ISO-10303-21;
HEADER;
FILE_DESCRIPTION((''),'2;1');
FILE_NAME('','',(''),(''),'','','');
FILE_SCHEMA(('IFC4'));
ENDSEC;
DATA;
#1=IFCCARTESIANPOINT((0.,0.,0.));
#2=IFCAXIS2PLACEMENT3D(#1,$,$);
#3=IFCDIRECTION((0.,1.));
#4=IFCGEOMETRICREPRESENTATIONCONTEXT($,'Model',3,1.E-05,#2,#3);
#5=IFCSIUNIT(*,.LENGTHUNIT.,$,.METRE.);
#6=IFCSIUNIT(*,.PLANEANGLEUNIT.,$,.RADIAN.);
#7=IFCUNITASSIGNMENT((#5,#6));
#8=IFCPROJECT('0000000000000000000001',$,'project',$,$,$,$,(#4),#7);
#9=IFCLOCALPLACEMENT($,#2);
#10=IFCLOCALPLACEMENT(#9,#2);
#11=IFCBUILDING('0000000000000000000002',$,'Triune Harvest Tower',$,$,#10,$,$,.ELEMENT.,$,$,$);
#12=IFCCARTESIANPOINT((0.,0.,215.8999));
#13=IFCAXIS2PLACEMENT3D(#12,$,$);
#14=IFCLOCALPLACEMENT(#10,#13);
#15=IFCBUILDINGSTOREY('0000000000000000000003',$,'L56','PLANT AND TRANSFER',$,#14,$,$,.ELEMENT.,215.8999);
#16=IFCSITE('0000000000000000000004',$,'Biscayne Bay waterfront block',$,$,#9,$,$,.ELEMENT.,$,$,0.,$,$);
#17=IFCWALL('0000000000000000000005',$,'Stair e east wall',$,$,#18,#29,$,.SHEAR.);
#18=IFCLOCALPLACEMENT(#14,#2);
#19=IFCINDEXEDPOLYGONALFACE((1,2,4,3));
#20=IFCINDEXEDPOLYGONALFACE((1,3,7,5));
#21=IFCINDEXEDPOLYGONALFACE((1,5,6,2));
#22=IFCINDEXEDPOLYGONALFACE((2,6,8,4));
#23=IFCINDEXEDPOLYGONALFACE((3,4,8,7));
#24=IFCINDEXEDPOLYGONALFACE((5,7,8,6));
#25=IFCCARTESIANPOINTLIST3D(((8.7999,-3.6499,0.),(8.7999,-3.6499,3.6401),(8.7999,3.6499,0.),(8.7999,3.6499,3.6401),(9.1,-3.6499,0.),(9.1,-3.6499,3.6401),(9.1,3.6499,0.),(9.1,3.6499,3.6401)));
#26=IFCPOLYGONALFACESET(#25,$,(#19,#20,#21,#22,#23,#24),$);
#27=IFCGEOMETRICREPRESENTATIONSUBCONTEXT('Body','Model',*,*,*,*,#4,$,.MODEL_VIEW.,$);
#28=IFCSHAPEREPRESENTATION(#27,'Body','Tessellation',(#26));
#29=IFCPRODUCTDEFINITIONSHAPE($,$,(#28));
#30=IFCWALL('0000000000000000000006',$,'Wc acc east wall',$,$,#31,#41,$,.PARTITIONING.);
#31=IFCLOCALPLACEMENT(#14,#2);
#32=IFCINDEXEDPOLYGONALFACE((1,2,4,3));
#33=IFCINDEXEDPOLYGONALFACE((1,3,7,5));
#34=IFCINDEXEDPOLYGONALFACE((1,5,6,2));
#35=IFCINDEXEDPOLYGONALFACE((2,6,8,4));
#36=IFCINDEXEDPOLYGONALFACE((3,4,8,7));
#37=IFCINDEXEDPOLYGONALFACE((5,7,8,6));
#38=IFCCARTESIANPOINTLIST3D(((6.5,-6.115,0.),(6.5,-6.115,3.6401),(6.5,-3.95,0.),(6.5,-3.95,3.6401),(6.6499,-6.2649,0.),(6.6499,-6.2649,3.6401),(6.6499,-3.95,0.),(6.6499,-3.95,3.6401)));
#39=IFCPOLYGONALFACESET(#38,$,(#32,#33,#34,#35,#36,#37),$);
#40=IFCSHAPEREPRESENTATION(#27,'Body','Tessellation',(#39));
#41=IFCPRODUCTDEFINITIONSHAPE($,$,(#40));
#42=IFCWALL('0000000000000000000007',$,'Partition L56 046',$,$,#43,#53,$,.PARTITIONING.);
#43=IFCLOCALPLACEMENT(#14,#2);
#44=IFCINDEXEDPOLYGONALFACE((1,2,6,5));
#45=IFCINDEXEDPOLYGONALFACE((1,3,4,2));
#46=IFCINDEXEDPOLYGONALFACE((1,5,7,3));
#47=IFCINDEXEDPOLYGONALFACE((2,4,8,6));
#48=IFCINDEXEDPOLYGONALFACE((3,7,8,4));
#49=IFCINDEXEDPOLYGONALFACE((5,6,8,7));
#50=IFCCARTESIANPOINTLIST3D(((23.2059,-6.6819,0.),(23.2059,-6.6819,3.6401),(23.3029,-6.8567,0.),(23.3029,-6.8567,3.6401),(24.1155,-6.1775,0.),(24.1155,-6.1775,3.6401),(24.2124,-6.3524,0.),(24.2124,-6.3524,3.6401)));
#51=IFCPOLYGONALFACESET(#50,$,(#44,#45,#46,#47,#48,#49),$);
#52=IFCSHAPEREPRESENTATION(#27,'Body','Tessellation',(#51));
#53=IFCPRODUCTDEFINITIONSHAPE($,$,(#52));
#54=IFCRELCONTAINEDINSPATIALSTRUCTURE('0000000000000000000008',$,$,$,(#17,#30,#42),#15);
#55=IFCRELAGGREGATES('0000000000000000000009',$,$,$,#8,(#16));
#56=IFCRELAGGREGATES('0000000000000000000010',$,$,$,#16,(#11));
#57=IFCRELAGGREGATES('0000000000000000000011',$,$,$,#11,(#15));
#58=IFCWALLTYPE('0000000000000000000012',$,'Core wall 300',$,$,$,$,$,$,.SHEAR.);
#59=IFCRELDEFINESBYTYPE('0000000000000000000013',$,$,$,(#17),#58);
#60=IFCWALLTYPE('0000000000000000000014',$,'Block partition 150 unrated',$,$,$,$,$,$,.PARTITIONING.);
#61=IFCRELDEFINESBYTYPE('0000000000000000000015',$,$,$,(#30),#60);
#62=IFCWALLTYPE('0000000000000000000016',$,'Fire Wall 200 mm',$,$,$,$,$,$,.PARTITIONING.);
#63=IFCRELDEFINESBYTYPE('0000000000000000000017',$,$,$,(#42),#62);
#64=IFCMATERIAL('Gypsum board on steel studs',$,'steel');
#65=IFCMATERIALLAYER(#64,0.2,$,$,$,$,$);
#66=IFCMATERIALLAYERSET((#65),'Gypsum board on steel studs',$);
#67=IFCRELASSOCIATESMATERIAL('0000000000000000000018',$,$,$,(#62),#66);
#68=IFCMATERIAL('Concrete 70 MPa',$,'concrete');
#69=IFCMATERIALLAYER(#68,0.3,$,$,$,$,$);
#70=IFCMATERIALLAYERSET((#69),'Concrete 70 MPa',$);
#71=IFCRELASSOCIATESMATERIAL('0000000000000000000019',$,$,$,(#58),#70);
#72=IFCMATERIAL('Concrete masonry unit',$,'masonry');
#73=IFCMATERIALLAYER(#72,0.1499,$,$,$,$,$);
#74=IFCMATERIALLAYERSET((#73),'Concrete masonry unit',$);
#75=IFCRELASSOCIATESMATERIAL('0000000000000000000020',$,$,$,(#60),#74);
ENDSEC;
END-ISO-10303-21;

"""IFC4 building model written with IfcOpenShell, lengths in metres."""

from ifc_helpers import new_model, si_unit, direction, frame, frame_2d, origin, place, context, subcontext, project, spatial, polyline, rectangle, outline, extrude, source, transform, mapped, material, layer, layer_set, type_object, element, save


model = new_model("IFC4")

# Units and contexts
model_context = context("Model", 3, precision=1e-05, world=origin(), true_north=direction((0.0, 1.0)))
body_context = subcontext(model_context, "Body", "Model", "MODEL_VIEW")
ifc_project = project(units=[si_unit("LENGTHUNIT", "METRE"), si_unit("PLANEANGLEUNIT", "RADIAN")], contexts=[model_context])

# Site, building, storey
site_placement = place(None, origin())
site = spatial("IfcSite", under=ifc_project, at=site_placement, Name="Biscayne Bay waterfront block", CompositionType="ELEMENT", RefElevation=0.0)
building_placement = place(site_placement, origin())
building = spatial("IfcBuilding", under=site, at=building_placement, Name="Triune Harvest Tower", CompositionType="ELEMENT")
storey_placement = place(building_placement, frame((0.0, 0.0, 215.8999)))
storey = spatial("IfcBuildingStorey", under=building, at=storey_placement, Name="L56", Description="PLANT AND TRANSFER", CompositionType="ELEMENT", Elevation=215.8999)

# Shared definitions
ifc_material_1 = material(Name="Gypsum board on steel studs", Category="steel")
ifc_layer_1 = layer(ifc_material_1, 0.2)
ifc_layer_set_1 = layer_set([ifc_layer_1], Name="Gypsum board on steel studs")
wall_type_1 = type_object("IfcWallType", Name="Fire Wall 200 mm", PredefinedType="PARTITIONING", material=ifc_layer_set_1)

# Walls
ifc_material_2 = material(Name="Concrete 70 MPa", Category="concrete")
ifc_layer_2 = layer(ifc_material_2, 0.3)
ifc_layer_set_2 = layer_set([ifc_layer_2], Name="Concrete 70 MPa")
wall_type_2 = type_object("IfcWallType", Name="Core wall 300", PredefinedType="SHEAR", material=ifc_layer_set_2)
shared_shape_1 = source(origin(), body_context, "Body", "SweptSolid", [
    extrude(rectangle(XDim=7.2998, YDim=0.3, at=frame_2d((3.6499, 0.0))), origin(), (0.0, 0.0, 1.0), 3.6401),
])
wall_1_placement = place(storey_placement, frame((8.95, -3.6499, 0.0), z_axis=(0.0, 0.0, 1.0), x_axis=(0.0, 1.0, 0.0)))
element("IfcWall", 1, at=wall_1_placement, inside=storey, type_object=wall_type_2, Name="Stair e east wall", PredefinedType="SHEAR", context=body_context, shape_type="MappedRepresentation", body=[
    mapped(shared_shape_1, transform((0.0, 0.0, 0.0), scale=1.0)),
])
ifc_material_3 = material(Name="Concrete masonry unit", Category="masonry")
ifc_layer_3 = layer(ifc_material_3, 0.1499)
ifc_layer_set_3 = layer_set([ifc_layer_3], Name="Concrete masonry unit")
wall_type_3 = type_object("IfcWallType", Name="Block partition 150 unrated", PredefinedType="PARTITIONING", material=ifc_layer_set_3)
shared_shape_2 = source(origin(), body_context, "Body", "SweptSolid", [
    extrude(outline(polyline([(-0.075, -0.075), (2.24, -0.075), (2.24, 0.075), (0.075, 0.075), (-0.075, -0.075)])), origin(), (0.0, 0.0, 1.0), 3.6401),
])
wall_2_placement = place(storey_placement, frame((6.575, -6.1899, 0.0), z_axis=(0.0, 0.0, 1.0), x_axis=(0.0, 1.0, 0.0)))
element("IfcWall", 2, at=wall_2_placement, inside=storey, type_object=wall_type_3, Name="Wc acc east wall", PredefinedType="PARTITIONING", context=body_context, shape_type="MappedRepresentation", body=[
    mapped(shared_shape_2, transform((0.0, 0.0, 0.0), scale=1.0)),
])
shared_shape_3 = source(origin(), body_context, "Body", "SweptSolid", [
    extrude(rectangle(XDim=1.04, YDim=0.2, at=frame_2d((0.52, 0.0))), origin(), (0.0, 0.0, 1.0), 3.6401),
])
wall_3_placement = place(storey_placement, frame((23.2544, -6.7693, 0.0), z_axis=(0.0, 0.0, 1.0), x_axis=(0.874556, 0.484925, 0.0)))
element("IfcWall", 3, at=wall_3_placement, inside=storey, type_object=wall_type_1, Name="Partition L56 046", PredefinedType="PARTITIONING", context=body_context, shape_type="MappedRepresentation", body=[
    mapped(shared_shape_3, transform((0.0, 0.0, 0.0), scale=1.0)),
])

save(model, "model.ifc")
